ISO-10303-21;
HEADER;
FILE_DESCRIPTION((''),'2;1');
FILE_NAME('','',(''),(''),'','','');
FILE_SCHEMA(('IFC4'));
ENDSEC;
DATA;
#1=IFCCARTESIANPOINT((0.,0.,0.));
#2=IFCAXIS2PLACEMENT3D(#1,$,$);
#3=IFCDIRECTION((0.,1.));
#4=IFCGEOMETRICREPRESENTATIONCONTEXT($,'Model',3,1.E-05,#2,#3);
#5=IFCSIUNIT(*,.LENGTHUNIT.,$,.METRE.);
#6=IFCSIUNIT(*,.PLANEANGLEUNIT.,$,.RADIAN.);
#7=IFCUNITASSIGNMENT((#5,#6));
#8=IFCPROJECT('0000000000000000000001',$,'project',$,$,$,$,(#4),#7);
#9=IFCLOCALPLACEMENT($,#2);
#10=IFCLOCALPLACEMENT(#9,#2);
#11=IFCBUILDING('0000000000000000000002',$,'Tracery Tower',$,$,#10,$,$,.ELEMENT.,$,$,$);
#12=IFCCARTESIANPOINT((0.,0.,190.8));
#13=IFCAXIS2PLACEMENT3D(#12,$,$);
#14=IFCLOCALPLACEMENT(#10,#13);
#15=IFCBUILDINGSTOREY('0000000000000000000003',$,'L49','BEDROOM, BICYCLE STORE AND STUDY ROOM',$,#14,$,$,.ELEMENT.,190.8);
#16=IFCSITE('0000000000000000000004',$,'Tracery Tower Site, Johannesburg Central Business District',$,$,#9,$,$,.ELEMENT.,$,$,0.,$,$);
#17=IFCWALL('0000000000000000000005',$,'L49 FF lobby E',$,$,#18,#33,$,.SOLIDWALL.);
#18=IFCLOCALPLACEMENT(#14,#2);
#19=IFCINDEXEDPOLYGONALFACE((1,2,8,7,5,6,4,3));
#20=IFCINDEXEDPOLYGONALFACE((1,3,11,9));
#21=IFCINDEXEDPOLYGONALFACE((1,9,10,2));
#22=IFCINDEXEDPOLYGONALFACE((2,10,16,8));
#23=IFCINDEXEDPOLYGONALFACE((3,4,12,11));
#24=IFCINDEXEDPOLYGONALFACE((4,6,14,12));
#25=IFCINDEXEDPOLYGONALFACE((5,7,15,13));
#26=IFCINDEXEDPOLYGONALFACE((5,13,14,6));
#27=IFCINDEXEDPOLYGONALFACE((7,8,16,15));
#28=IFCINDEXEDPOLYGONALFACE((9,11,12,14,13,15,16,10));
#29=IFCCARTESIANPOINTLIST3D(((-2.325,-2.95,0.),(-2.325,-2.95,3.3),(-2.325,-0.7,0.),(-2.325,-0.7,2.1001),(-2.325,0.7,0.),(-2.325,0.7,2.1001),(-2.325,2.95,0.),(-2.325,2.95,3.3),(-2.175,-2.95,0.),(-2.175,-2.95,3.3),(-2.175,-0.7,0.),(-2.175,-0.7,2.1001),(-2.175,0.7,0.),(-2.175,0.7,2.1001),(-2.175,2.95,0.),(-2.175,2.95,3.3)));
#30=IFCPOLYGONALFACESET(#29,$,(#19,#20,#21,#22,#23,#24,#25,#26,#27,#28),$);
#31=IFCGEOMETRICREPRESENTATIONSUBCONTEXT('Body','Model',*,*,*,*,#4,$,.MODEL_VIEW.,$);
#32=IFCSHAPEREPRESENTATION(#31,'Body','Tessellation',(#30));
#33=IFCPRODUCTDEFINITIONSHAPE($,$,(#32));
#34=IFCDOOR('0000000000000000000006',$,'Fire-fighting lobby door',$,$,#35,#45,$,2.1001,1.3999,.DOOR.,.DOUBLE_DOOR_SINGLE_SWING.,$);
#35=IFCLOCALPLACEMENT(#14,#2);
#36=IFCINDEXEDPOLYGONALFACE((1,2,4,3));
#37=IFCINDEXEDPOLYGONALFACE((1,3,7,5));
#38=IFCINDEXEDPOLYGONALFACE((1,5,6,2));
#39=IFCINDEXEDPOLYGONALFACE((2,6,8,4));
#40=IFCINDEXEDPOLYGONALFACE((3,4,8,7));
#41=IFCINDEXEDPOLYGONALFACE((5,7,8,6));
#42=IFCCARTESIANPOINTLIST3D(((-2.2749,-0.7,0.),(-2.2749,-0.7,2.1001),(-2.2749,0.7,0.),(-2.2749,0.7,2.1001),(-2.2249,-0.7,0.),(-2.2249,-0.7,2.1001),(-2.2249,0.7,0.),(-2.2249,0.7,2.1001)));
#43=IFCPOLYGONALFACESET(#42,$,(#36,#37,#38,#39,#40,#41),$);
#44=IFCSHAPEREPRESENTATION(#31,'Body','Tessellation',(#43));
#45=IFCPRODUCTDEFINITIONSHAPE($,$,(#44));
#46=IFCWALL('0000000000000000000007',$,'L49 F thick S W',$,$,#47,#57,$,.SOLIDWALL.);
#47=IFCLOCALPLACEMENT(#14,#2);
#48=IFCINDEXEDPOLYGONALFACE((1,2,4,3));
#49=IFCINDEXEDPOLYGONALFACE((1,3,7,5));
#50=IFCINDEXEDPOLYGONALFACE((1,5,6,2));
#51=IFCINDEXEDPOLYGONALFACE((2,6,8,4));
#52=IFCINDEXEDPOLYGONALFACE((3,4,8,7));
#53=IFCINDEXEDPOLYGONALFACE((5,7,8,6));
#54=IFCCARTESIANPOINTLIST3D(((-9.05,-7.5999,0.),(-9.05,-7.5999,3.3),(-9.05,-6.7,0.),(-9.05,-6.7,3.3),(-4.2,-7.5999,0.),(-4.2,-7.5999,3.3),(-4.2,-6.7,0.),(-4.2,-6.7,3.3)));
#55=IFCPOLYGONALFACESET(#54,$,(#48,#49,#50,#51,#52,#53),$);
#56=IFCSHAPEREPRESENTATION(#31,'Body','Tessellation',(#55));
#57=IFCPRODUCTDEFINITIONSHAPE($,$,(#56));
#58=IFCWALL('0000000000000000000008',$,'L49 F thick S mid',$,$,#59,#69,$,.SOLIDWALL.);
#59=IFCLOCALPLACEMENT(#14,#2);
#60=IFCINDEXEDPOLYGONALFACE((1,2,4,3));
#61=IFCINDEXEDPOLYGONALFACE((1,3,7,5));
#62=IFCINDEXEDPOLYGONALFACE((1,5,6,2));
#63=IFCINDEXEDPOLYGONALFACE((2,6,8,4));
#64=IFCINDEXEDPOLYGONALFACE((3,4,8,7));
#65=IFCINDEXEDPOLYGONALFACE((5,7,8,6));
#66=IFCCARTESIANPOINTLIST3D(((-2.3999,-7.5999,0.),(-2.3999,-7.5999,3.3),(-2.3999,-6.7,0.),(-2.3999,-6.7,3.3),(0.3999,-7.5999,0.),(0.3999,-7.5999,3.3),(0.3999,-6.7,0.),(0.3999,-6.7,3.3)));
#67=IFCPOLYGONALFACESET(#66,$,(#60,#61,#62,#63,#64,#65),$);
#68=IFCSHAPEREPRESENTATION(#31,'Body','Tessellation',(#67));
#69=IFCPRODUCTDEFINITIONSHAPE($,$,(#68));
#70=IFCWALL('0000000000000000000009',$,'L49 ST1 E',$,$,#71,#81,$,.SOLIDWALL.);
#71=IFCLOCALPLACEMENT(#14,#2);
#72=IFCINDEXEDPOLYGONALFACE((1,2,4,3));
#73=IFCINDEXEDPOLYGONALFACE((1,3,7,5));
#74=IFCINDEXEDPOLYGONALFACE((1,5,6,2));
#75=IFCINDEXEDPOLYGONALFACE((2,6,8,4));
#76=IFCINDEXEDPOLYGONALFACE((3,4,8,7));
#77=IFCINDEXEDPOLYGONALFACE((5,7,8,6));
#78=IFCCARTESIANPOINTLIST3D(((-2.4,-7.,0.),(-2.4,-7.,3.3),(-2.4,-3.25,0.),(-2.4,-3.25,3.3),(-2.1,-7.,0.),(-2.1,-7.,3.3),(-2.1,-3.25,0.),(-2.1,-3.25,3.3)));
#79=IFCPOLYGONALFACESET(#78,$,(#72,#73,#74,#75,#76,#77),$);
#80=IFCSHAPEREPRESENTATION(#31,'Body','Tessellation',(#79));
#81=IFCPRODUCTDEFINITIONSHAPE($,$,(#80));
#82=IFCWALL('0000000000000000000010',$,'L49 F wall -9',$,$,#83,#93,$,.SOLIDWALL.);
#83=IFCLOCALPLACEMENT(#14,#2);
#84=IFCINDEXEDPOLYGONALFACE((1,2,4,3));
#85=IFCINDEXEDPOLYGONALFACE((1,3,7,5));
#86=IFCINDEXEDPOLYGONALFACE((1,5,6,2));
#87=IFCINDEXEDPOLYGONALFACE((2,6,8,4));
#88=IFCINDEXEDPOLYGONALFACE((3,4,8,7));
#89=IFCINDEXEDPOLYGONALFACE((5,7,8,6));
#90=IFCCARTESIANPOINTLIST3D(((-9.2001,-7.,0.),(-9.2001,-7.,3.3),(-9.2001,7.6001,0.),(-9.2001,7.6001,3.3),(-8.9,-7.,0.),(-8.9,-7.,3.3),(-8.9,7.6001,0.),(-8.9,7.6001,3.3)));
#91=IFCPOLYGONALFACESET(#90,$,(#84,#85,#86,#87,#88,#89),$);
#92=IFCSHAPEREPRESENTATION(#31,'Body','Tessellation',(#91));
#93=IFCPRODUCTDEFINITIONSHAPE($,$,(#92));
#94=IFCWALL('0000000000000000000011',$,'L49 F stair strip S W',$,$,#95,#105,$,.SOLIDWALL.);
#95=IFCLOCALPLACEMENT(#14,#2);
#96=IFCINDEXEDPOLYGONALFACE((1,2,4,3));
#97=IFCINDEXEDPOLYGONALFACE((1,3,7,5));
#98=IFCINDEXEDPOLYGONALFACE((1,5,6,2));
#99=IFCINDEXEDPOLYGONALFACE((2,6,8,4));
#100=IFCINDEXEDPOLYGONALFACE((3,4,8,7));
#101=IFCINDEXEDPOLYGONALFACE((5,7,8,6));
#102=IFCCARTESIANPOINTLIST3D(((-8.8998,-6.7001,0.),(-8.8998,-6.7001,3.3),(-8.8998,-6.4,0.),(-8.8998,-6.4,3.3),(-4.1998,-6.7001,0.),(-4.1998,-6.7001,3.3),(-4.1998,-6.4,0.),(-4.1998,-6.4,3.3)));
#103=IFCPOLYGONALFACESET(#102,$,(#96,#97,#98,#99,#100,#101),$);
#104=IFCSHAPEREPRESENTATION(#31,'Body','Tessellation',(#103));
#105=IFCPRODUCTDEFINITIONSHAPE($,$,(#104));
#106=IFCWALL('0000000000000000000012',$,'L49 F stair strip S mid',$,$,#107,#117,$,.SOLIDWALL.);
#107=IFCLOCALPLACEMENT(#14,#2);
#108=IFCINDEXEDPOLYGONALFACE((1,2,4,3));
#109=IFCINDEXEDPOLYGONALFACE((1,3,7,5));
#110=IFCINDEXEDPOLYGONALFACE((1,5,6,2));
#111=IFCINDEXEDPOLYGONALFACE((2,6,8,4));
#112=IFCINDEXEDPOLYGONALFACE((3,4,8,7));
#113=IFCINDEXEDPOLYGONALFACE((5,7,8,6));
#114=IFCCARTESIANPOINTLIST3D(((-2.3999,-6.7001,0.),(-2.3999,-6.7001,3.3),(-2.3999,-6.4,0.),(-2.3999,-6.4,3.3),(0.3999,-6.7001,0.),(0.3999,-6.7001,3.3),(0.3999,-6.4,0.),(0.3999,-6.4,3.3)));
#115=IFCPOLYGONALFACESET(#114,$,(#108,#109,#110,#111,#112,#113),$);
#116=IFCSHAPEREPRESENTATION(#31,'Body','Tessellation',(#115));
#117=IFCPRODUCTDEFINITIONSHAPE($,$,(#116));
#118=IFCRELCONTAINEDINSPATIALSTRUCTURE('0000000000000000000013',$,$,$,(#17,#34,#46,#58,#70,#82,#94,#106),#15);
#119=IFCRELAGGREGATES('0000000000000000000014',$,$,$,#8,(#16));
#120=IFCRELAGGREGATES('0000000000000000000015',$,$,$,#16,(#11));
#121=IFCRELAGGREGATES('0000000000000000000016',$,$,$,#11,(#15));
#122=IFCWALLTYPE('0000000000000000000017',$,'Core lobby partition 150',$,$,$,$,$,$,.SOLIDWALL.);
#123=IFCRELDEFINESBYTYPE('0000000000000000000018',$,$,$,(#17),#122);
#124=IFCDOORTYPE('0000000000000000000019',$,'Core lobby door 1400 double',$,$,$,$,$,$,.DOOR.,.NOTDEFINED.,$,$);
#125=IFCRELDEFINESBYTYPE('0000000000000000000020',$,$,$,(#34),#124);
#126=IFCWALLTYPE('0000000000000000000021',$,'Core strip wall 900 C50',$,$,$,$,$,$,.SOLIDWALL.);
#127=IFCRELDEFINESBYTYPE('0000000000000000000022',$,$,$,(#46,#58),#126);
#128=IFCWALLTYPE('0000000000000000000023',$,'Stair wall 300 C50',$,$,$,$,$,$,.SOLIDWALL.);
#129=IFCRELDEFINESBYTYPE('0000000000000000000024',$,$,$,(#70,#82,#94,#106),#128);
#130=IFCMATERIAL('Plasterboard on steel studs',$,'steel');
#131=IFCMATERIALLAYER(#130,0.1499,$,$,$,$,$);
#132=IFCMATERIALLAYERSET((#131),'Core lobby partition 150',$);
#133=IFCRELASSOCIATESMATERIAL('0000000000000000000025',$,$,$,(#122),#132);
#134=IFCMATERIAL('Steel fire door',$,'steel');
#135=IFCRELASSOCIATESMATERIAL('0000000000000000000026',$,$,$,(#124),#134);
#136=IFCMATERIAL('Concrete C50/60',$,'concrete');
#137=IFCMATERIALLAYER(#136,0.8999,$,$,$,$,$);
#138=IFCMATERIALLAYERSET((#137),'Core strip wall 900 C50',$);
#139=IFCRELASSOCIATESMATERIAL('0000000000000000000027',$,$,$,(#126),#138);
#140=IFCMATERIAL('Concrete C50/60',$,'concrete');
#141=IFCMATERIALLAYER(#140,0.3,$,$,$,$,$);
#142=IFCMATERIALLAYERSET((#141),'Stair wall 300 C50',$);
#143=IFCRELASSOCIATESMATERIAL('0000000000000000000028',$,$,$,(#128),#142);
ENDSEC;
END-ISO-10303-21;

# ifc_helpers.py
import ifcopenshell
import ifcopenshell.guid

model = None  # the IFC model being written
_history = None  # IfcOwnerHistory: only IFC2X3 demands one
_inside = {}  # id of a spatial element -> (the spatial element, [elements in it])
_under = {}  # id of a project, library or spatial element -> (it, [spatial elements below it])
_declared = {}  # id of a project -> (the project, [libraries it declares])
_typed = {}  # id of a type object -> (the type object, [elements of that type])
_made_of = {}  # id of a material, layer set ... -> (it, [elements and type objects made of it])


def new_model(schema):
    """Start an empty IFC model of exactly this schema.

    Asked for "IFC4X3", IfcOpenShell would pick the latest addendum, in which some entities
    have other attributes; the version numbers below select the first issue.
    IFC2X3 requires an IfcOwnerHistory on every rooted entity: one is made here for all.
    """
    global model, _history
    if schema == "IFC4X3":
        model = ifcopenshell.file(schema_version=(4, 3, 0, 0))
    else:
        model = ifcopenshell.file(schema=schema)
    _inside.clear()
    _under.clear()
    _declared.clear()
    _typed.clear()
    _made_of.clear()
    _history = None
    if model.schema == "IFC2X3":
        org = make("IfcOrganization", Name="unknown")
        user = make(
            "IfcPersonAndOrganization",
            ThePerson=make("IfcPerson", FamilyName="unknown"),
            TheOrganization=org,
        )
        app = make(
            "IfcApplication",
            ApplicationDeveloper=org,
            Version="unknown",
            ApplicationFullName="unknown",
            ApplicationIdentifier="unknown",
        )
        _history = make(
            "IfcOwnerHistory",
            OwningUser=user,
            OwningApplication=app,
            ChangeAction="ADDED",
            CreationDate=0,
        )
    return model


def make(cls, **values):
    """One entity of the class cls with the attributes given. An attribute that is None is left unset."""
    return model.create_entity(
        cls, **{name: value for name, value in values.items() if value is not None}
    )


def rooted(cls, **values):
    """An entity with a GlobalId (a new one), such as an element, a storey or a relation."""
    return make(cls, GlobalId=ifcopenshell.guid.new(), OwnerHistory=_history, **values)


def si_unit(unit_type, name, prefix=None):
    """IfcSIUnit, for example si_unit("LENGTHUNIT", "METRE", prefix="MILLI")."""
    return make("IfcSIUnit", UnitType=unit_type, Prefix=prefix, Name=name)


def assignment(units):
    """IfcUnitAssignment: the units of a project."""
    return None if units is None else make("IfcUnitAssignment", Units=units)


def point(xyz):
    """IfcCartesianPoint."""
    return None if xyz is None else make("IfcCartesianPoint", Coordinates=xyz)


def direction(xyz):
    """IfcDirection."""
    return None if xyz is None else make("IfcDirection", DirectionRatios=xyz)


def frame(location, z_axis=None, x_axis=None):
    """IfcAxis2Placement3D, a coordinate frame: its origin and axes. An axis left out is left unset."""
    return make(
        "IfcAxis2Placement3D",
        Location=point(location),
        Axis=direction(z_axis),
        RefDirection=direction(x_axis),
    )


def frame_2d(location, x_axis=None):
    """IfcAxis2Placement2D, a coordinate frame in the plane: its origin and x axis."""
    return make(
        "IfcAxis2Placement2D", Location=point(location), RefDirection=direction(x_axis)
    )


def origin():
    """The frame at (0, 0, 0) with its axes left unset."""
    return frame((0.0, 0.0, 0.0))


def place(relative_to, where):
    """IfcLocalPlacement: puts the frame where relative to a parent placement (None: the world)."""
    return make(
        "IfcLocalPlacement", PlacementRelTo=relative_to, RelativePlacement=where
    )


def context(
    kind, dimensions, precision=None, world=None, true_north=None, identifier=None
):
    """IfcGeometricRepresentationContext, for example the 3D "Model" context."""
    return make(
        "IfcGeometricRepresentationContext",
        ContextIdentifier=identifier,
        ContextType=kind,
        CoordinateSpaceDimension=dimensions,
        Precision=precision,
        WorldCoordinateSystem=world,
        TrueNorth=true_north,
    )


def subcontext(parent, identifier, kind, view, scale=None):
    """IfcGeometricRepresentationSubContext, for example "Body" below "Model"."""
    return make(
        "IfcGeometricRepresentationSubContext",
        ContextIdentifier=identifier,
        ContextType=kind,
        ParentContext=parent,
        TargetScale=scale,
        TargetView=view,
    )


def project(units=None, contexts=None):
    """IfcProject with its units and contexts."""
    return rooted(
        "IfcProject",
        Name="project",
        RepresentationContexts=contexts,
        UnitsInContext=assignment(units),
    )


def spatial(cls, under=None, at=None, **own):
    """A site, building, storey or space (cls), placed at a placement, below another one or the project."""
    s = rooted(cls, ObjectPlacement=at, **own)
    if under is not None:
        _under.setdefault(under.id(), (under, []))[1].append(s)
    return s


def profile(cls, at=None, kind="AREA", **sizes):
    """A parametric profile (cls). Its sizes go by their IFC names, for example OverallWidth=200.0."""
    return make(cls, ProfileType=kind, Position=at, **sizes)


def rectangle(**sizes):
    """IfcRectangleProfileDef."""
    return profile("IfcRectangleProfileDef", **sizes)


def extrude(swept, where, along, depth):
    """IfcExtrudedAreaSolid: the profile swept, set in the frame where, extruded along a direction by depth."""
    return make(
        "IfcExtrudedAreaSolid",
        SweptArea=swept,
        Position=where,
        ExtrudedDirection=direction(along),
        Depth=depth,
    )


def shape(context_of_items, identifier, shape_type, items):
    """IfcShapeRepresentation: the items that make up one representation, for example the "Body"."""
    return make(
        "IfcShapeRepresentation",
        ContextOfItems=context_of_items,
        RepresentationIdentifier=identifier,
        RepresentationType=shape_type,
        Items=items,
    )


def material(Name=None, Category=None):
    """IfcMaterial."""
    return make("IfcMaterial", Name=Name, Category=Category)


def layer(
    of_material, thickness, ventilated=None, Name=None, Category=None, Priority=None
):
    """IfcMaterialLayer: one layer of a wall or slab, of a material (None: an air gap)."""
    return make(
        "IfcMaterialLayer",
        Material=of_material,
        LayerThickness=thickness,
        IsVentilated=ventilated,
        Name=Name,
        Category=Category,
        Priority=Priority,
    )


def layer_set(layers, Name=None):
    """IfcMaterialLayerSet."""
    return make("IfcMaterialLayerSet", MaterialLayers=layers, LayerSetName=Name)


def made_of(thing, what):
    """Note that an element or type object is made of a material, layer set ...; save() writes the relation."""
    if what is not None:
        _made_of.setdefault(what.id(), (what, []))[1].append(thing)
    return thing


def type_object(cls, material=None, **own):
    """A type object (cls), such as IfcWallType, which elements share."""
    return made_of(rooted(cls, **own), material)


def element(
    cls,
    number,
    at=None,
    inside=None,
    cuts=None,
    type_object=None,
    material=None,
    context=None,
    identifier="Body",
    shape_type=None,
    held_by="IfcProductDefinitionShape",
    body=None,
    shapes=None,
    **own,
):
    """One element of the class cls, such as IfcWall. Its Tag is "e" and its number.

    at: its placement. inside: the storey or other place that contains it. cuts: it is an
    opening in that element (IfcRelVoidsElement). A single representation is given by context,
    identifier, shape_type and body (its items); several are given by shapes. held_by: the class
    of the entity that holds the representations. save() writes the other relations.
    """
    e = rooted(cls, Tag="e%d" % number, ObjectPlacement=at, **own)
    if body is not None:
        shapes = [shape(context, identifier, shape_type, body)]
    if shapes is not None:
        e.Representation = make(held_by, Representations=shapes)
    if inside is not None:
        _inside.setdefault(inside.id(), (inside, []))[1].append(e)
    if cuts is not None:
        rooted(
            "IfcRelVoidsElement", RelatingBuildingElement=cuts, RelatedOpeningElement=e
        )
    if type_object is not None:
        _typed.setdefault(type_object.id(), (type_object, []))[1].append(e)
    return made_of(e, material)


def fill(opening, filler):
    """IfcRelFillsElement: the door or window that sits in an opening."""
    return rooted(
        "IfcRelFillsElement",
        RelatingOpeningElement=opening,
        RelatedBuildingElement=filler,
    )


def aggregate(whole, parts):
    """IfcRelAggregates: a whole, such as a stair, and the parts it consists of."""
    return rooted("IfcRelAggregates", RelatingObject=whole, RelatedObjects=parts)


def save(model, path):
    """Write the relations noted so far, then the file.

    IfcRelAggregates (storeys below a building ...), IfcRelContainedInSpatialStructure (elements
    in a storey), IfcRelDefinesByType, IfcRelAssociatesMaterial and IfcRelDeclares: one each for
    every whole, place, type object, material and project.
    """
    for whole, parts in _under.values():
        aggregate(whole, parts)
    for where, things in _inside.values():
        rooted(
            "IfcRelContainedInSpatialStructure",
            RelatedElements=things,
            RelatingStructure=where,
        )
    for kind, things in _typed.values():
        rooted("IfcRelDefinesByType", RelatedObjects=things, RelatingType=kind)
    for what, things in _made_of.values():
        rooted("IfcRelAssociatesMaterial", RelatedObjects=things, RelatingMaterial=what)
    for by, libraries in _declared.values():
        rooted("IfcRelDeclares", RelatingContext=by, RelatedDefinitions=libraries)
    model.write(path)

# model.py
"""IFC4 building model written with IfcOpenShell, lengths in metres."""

from ifc_helpers import new_model, si_unit, direction, frame, frame_2d, origin, place, context, subcontext, project, spatial, rectangle, extrude, material, layer, layer_set, type_object, element, fill, save


model = new_model("IFC4")

# Units and contexts
model_context = context("Model", 3, precision=1e-05, world=origin(), true_north=direction((0.0, 1.0)))
body_context = subcontext(model_context, "Body", "Model", "MODEL_VIEW")
ifc_project = project(units=[si_unit("LENGTHUNIT", "METRE"), si_unit("PLANEANGLEUNIT", "RADIAN")], contexts=[model_context])

# Site, building, storey
site_placement = place(None, origin())
site = spatial("IfcSite", under=ifc_project, at=site_placement, Name="Tracery Tower Site, Johannesburg Central Business District", CompositionType="ELEMENT", RefElevation=0.0)
building_placement = place(site_placement, origin())
building = spatial("IfcBuilding", under=site, at=building_placement, Name="Tracery Tower", CompositionType="ELEMENT")
storey_placement = place(building_placement, frame((0.0, 0.0, 190.8)))
storey = spatial("IfcBuildingStorey", under=building, at=storey_placement, Name="L49", Description="BEDROOM, BICYCLE STORE AND STUDY ROOM", CompositionType="ELEMENT", Elevation=190.8)

# Wall, opening, door
ifc_material_1 = material(Name="Plasterboard on steel studs", Category="steel")
ifc_layer_1 = layer(ifc_material_1, 0.1499)
ifc_layer_set_1 = layer_set([ifc_layer_1], Name="Core lobby partition 150")
wall_type_1 = type_object("IfcWallType", Name="Core lobby partition 150", PredefinedType="SOLIDWALL", material=ifc_layer_set_1)
wall_1_placement = place(storey_placement, frame((-2.25, -2.95, 0.0), z_axis=(0.0, 0.0, 1.0), x_axis=(0.0, 1.0, 0.0)))
wall_1 = element("IfcWall", 1, at=wall_1_placement, inside=storey, type_object=wall_type_1, Name="L49 FF lobby E", PredefinedType="SOLIDWALL", context=body_context, shape_type="SweptSolid", body=[
    extrude(rectangle(XDim=5.8999, YDim=0.1499, at=frame_2d((2.95, 0.0))), origin(), (0.0, 0.0, 1.0), 3.3),
])
opening_1_placement = place(wall_1_placement, frame((2.25, 0.0, 0.0)))
opening_1 = element("IfcOpeningElement", 2, at=opening_1_placement, cuts=wall_1, PredefinedType="OPENING", context=body_context, shape_type="SweptSolid", body=[
    extrude(rectangle(XDim=1.3999, YDim=2.1001, at=frame_2d((0.7, 1.05))), frame((0.0, 0.075, 0.0), z_axis=(0.0, -1.0, 0.0), x_axis=(1.0, 0.0, 0.0)), (0.0, 0.0, 1.0), 0.1499),
])
ifc_material_2 = material(Name="Steel fire door", Category="steel")
door_type_1 = type_object("IfcDoorType", Name="Core lobby door 1400 double", OperationType="NOTDEFINED", PredefinedType="DOOR", material=ifc_material_2)
door_1_placement = place(opening_1_placement, origin())
door_1 = element("IfcDoor", 3, at=door_1_placement, inside=storey, type_object=door_type_1, Name="Fire-fighting lobby door", OperationType="DOUBLE_DOOR_SINGLE_SWING", OverallHeight=2.1001, OverallWidth=1.3999, PredefinedType="DOOR", context=body_context, shape_type="SweptSolid", body=[
    extrude(rectangle(XDim=1.3999, YDim=2.1001, at=frame_2d((0.7, 1.05))), frame((0.0, 0.0249, 0.0), z_axis=(0.0, -1.0, 0.0), x_axis=(1.0, 0.0, 0.0)), (0.0, 0.0, 1.0), 0.05),
])
fill(opening_1, door_1)

# Walls
ifc_material_3 = material(Name="Concrete C50/60", Category="concrete")
ifc_layer_2 = layer(ifc_material_3, 0.8999)
ifc_layer_set_2 = layer_set([ifc_layer_2], Name="Core strip wall 900 C50")
wall_type_2 = type_object("IfcWallType", Name="Core strip wall 900 C50", PredefinedType="SOLIDWALL", material=ifc_layer_set_2)
wall_2_placement = place(storey_placement, frame((-9.05, -7.1499, 0.0), z_axis=(0.0, 0.0, 1.0), x_axis=(1.0, 0.0, 0.0)))
element("IfcWall", 4, at=wall_2_placement, inside=storey, type_object=wall_type_2, Name="L49 F thick S W", PredefinedType="SOLIDWALL", context=body_context, shape_type="SweptSolid", body=[
    extrude(rectangle(XDim=4.8501, YDim=0.8999, at=frame_2d((2.425, 0.0))), origin(), (0.0, 0.0, 1.0), 3.3),
])
wall_3_placement = place(storey_placement, frame((-2.3999, -7.1499, 0.0), z_axis=(0.0, 0.0, 1.0), x_axis=(1.0, 0.0, 0.0)))
element("IfcWall", 5, at=wall_3_placement, inside=storey, type_object=wall_type_2, Name="L49 F thick S mid", PredefinedType="SOLIDWALL", context=body_context, shape_type="SweptSolid", body=[
    extrude(rectangle(XDim=2.7998, YDim=0.8999, at=frame_2d((1.3999, 0.0))), origin(), (0.0, 0.0, 1.0), 3.3),
])

# Shared definitions
ifc_material_4 = material(Name="Concrete C50/60", Category="concrete")
ifc_layer_3 = layer(ifc_material_4, 0.3)
ifc_layer_set_3 = layer_set([ifc_layer_3], Name="Stair wall 300 C50")
wall_type_3 = type_object("IfcWallType", Name="Stair wall 300 C50", PredefinedType="SOLIDWALL", material=ifc_layer_set_3)

# Walls
wall_4_placement = place(storey_placement, frame((-2.25, -7.0, 0.0), z_axis=(0.0, 0.0, 1.0), x_axis=(0.0, 1.0, 0.0)))
element("IfcWall", 6, at=wall_4_placement, inside=storey, type_object=wall_type_3, Name="L49 ST1 E", PredefinedType="SOLIDWALL", context=body_context, shape_type="SweptSolid", body=[
    extrude(rectangle(XDim=3.75, YDim=0.3, at=frame_2d((1.875, 0.0))), origin(), (0.0, 0.0, 1.0), 3.3),
])
wall_5_placement = place(storey_placement, frame((-9.05, -7.0, 0.0), z_axis=(0.0, 0.0, 1.0), x_axis=(0.0, 1.0, 0.0)))
element("IfcWall", 7, at=wall_5_placement, inside=storey, type_object=wall_type_3, Name="L49 F wall -9", PredefinedType="SOLIDWALL", context=body_context, shape_type="SweptSolid", body=[
    extrude(rectangle(XDim=14.6001, YDim=0.3, at=frame_2d((7.3, 0.0))), origin(), (0.0, 0.0, 1.0), 3.3),
])
wall_6_placement = place(storey_placement, frame((-8.8999, -6.55, 0.0), z_axis=(0.0, 0.0, 1.0), x_axis=(1.0, 0.0, 0.0)))
element("IfcWall", 8, at=wall_6_placement, inside=storey, type_object=wall_type_3, Name="L49 F stair strip S W", PredefinedType="SOLIDWALL", context=body_context, shape_type="SweptSolid", body=[
    extrude(rectangle(XDim=4.7, YDim=0.3, at=frame_2d((2.3501, 0.0))), origin(), (0.0, 0.0, 1.0), 3.3),
])
wall_7_placement = place(storey_placement, frame((-2.3999, -6.55, 0.0), z_axis=(0.0, 0.0, 1.0), x_axis=(1.0, 0.0, 0.0)))
element("IfcWall", 9, at=wall_7_placement, inside=storey, type_object=wall_type_3, Name="L49 F stair strip S mid", PredefinedType="SOLIDWALL", context=body_context, shape_type="SweptSolid", body=[
    extrude(rectangle(XDim=2.7998, YDim=0.3, at=frame_2d((1.3999, 0.0))), origin(), (0.0, 0.0, 1.0), 3.3),
])

save(model, "model.ifc")
